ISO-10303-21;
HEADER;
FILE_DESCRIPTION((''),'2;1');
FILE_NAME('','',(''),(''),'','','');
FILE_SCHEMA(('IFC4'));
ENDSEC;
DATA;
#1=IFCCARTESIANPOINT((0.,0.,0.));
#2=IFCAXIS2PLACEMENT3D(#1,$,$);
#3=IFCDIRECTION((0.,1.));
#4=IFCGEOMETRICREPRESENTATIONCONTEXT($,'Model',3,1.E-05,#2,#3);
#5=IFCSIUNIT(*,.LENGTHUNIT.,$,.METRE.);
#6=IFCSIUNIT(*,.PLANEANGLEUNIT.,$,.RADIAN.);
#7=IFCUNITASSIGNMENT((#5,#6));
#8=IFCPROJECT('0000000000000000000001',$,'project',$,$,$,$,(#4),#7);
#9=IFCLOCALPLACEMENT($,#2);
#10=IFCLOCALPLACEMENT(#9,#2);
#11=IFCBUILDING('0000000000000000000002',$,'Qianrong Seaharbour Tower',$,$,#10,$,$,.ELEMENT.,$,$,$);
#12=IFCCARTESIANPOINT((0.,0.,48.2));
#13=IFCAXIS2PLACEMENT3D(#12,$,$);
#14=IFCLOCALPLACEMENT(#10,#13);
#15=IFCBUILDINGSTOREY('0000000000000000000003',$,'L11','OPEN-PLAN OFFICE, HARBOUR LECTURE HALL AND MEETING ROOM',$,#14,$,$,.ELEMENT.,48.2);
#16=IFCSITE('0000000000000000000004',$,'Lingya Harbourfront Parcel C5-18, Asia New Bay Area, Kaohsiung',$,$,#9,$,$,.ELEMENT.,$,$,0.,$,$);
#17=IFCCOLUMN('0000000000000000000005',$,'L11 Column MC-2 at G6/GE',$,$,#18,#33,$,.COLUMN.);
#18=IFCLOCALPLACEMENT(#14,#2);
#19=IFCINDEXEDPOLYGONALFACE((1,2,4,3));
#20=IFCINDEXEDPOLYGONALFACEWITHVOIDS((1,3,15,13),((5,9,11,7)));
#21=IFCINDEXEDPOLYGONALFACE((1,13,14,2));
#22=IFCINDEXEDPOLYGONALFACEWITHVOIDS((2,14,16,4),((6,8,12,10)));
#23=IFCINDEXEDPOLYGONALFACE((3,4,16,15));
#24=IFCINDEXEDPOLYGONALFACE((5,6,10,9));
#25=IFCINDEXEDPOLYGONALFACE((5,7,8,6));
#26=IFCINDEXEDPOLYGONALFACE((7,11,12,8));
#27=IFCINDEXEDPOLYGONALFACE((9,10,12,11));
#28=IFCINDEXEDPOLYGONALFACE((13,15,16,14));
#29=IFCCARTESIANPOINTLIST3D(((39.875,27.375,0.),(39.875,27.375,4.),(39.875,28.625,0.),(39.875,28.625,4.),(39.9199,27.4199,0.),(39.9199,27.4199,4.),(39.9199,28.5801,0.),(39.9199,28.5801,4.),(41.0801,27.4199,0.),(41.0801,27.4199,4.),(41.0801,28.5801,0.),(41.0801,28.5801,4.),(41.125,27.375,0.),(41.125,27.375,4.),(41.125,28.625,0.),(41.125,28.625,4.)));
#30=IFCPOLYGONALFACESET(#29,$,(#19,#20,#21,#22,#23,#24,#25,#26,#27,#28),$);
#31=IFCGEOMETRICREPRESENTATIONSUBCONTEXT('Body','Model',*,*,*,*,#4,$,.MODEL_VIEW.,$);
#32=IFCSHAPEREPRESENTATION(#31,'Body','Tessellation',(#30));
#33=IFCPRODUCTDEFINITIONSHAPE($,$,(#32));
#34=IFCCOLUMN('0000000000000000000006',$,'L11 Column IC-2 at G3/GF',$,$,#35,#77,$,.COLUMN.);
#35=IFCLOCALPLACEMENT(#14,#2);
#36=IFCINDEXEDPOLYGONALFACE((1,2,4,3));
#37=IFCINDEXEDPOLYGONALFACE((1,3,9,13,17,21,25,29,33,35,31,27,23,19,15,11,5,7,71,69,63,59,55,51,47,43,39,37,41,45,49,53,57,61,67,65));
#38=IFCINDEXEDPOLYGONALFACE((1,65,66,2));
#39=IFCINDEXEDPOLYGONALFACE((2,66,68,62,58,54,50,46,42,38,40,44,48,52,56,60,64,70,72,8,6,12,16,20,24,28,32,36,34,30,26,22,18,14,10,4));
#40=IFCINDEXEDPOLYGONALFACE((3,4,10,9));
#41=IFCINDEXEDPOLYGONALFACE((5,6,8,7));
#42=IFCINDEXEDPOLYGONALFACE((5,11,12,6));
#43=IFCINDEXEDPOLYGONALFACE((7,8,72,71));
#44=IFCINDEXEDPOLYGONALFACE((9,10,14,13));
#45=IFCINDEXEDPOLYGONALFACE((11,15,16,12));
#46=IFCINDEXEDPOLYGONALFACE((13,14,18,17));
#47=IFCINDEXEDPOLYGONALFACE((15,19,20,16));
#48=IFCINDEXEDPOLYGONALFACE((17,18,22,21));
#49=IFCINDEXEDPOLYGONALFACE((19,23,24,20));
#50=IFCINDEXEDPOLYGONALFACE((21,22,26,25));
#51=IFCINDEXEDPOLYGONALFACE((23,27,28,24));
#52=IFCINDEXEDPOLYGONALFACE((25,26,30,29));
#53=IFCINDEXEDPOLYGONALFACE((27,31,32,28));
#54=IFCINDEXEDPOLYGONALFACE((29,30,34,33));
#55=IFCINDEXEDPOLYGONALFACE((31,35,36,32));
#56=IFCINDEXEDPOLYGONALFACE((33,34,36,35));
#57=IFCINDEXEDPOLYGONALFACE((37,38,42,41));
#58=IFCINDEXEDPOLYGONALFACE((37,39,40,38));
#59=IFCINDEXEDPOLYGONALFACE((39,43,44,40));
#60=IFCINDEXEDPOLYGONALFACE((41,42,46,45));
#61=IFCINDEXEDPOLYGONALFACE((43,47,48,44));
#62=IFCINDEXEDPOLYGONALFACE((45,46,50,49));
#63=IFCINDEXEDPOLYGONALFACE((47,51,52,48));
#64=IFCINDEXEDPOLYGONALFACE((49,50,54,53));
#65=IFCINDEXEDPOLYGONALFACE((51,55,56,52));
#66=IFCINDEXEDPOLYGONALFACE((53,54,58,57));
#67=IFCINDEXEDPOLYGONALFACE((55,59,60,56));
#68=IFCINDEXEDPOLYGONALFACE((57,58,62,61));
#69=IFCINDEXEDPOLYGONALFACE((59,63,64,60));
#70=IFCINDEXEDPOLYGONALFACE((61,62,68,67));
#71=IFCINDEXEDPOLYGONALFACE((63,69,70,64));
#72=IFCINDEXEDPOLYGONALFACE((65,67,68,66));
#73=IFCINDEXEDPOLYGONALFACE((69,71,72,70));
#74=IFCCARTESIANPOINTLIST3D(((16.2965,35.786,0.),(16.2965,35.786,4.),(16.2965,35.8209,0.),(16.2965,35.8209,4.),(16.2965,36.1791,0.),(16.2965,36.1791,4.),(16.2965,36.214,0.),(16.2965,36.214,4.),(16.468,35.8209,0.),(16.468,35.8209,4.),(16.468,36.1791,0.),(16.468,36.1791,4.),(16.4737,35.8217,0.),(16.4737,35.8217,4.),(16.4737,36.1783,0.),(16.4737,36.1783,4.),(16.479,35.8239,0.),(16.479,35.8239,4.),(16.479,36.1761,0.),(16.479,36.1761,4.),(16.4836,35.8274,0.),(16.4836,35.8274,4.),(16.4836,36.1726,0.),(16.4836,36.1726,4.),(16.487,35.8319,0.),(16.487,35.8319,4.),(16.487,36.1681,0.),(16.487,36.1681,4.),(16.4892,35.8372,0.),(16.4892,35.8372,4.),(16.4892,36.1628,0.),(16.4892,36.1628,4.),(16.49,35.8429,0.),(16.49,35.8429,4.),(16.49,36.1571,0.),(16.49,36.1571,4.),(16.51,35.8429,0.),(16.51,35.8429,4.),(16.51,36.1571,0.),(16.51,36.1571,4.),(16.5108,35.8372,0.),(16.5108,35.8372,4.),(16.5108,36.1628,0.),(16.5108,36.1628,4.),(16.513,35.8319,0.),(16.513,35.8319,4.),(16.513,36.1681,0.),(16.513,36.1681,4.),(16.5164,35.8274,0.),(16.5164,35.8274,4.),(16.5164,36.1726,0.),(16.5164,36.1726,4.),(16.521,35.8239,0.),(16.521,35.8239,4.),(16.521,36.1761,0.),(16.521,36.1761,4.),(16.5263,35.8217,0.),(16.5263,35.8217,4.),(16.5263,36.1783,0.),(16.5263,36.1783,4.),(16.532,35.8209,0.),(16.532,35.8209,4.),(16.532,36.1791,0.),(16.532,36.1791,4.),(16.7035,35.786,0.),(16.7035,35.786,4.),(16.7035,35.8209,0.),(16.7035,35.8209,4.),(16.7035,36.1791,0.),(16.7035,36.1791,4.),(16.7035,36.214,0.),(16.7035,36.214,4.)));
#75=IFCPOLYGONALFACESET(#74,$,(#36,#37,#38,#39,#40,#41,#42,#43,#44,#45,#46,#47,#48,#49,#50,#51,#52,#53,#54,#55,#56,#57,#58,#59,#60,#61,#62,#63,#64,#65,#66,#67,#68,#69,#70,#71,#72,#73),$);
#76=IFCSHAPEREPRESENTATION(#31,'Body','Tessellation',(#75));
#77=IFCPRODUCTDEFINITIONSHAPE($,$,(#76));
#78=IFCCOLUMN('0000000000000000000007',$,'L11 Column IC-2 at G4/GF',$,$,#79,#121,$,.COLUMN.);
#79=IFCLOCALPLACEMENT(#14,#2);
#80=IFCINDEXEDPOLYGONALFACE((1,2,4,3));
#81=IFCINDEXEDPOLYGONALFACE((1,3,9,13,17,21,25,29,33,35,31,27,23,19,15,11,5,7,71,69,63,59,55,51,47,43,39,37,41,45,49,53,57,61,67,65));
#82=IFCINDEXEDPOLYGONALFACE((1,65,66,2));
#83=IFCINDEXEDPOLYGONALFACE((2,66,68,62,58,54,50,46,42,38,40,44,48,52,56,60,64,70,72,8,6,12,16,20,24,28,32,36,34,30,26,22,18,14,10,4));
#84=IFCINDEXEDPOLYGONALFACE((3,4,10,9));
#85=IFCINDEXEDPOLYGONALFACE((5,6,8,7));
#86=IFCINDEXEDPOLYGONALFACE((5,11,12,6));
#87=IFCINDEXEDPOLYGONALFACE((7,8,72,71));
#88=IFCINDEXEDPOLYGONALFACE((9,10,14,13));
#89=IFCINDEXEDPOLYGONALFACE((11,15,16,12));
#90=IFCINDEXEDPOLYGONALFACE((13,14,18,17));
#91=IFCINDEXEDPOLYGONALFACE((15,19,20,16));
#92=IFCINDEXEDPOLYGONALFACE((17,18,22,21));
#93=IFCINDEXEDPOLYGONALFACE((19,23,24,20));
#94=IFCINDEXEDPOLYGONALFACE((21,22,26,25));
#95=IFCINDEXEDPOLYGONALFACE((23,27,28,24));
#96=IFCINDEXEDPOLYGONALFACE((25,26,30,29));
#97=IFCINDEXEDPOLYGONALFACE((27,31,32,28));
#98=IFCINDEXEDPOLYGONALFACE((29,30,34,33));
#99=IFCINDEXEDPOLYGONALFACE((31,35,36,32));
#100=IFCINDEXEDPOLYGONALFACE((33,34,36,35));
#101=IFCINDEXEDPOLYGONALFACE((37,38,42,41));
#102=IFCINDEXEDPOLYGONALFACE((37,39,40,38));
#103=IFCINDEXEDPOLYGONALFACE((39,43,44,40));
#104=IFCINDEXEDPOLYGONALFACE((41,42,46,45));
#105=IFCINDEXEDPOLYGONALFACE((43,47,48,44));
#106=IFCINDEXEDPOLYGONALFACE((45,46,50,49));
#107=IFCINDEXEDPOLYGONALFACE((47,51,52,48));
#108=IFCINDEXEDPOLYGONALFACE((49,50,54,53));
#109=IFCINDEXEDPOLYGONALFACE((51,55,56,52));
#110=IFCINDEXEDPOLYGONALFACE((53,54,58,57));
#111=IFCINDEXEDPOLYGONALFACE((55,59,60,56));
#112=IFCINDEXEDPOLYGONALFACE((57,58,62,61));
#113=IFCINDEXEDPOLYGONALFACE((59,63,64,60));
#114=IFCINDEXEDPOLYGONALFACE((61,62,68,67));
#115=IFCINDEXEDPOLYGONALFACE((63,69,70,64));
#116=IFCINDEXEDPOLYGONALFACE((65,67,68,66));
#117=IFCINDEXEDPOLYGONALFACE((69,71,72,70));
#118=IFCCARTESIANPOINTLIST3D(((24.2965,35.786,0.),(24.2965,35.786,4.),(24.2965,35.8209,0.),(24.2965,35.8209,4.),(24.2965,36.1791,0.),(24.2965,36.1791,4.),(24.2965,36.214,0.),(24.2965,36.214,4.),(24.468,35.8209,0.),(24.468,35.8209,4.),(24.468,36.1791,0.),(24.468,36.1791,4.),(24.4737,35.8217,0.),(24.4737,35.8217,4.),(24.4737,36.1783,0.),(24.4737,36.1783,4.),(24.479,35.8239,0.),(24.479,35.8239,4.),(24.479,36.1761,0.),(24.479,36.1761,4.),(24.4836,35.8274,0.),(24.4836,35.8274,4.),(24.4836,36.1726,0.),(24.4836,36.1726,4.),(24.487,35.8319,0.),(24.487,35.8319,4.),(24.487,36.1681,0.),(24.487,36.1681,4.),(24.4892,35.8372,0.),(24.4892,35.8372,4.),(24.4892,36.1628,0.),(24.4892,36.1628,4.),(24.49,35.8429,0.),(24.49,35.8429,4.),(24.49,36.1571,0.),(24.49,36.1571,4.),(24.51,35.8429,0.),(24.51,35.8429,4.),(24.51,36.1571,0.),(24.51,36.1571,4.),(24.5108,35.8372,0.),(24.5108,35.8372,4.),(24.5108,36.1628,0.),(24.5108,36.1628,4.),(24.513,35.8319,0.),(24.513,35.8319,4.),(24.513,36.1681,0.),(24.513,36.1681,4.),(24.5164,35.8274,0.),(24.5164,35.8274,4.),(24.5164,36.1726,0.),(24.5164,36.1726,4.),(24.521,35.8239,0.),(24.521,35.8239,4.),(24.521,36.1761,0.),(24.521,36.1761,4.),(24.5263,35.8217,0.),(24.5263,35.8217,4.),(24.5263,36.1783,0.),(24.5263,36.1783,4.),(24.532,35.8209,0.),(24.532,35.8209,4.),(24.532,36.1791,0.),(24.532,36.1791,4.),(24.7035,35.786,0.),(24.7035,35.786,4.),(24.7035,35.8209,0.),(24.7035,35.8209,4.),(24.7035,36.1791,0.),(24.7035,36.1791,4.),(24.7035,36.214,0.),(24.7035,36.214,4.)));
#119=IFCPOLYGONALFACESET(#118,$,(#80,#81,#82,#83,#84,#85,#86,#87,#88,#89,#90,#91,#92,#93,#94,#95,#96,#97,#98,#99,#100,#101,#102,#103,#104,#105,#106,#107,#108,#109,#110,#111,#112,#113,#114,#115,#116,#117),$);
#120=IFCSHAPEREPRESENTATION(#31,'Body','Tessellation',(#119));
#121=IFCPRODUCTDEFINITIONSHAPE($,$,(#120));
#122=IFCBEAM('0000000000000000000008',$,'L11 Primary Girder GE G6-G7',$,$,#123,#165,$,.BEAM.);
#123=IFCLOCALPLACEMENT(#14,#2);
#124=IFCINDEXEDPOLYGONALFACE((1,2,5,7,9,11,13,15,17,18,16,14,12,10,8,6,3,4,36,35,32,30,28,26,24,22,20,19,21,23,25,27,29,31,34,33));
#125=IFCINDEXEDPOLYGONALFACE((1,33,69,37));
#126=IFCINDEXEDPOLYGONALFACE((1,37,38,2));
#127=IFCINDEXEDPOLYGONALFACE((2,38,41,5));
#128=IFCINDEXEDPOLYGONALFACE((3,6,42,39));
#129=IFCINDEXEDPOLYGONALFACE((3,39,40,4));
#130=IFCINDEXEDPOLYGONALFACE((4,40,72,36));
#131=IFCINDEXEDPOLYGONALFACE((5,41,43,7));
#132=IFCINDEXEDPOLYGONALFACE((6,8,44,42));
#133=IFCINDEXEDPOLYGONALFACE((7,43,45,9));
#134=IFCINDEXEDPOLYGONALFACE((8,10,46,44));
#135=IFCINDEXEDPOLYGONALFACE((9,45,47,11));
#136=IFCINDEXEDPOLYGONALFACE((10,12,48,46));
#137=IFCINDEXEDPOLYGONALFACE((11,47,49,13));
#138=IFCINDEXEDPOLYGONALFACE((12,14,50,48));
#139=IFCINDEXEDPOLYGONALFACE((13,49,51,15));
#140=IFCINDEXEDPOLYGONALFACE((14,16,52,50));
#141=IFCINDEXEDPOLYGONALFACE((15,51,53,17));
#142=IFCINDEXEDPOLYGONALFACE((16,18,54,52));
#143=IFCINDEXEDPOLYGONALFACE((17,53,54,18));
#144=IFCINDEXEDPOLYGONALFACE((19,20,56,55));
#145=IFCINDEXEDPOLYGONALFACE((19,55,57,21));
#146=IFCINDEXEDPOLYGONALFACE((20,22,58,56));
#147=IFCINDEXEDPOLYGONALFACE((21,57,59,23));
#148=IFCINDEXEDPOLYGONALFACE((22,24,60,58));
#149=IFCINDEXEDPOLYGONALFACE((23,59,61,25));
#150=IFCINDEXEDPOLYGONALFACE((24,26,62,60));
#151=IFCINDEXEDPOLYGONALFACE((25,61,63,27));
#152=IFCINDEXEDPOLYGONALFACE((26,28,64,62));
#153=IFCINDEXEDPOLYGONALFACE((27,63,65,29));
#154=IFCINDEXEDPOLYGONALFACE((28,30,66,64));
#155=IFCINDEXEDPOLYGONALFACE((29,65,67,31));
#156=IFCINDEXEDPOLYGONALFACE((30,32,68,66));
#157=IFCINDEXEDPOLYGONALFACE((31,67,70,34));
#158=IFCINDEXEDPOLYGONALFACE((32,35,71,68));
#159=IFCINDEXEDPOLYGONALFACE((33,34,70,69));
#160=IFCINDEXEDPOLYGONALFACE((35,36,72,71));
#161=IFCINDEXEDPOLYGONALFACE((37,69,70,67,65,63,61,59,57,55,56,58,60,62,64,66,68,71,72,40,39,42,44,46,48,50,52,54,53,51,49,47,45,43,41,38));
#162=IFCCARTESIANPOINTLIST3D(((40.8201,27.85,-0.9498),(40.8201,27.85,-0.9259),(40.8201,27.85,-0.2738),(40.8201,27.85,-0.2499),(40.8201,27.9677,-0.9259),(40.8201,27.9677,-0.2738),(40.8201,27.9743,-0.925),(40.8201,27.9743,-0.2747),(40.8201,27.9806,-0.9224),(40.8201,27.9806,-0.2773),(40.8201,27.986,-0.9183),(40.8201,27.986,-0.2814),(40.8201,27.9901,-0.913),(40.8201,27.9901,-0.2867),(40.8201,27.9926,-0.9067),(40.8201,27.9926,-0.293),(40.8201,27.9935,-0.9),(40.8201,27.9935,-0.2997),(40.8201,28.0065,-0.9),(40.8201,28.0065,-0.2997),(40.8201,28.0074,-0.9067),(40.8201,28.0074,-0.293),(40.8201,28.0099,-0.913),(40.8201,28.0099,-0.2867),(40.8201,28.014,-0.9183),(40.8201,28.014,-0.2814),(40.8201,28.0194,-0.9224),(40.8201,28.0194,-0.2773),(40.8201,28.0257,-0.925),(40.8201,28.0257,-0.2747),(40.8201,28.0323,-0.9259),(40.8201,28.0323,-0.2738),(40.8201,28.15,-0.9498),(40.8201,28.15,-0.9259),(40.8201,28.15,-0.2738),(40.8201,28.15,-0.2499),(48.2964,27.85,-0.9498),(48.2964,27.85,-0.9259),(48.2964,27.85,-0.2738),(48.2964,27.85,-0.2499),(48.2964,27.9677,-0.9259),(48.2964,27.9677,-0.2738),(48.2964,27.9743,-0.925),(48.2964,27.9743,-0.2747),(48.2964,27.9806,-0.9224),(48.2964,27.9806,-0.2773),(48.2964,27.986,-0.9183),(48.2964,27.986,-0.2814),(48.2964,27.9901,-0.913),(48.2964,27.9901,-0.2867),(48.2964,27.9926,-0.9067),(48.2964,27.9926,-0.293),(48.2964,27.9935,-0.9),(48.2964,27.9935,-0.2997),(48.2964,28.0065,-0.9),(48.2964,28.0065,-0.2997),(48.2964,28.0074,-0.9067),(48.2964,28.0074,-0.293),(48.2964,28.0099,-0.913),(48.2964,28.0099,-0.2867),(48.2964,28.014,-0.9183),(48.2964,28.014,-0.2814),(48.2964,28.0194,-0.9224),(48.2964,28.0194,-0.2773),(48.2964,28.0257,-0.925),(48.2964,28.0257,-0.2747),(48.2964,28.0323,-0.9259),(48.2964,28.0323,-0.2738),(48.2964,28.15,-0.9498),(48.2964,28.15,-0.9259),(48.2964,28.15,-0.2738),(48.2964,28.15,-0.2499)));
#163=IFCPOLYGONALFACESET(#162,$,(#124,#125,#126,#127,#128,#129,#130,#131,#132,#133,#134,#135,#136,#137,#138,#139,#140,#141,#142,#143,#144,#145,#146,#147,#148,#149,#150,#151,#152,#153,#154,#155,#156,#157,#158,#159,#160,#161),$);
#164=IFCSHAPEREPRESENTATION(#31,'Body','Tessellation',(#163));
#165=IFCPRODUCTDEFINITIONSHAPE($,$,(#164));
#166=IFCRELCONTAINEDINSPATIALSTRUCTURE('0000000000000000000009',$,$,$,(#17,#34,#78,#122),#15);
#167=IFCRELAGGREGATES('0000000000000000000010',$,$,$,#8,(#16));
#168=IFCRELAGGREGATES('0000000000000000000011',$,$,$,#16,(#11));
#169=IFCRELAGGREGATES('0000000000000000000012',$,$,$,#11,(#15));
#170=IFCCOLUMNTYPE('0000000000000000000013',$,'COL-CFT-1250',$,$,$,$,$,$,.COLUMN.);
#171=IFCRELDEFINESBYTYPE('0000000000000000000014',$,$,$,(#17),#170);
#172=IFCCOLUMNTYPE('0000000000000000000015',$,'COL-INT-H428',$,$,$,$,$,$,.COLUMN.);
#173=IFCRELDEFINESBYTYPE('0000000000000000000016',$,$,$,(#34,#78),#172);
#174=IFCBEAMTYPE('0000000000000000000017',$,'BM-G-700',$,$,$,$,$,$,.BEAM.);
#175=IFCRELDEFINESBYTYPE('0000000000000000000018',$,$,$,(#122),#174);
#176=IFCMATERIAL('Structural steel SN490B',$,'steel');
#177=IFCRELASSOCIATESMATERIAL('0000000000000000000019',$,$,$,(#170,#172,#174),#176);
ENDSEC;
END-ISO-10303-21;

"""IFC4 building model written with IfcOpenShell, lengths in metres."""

from ifc_helpers import new_model, si_unit, direction, frame, origin, origin_2d, place, context, subcontext, project, spatial, hollow_rectangle, i_section, extrude, material, material_profile, profile_set, type_object, element, save


model = new_model("IFC4")

# Units and contexts
model_context = context("Model", 3, precision=1e-05, world=origin(), true_north=direction((0.0, 1.0)))
body_context = subcontext(model_context, "Body", "Model", "MODEL_VIEW")
ifc_project = project(units=[si_unit("LENGTHUNIT", "METRE"), si_unit("PLANEANGLEUNIT", "RADIAN")], contexts=[model_context])

# Site, building, storey
site_placement = place(None, origin())
site = spatial("IfcSite", under=ifc_project, at=site_placement, Name="Lingya Harbourfront Parcel C5-18, Asia New Bay Area, Kaohsiung", CompositionType="ELEMENT", RefElevation=0.0)
building_placement = place(site_placement, origin())
building = spatial("IfcBuilding", under=site, at=building_placement, Name="Qianrong Seaharbour Tower", CompositionType="ELEMENT")
storey_placement = place(building_placement, frame((0.0, 0.0, 48.2)))
storey = spatial("IfcBuildingStorey", under=building, at=storey_placement, Name="L11", Description="OPEN-PLAN OFFICE, HARBOUR LECTURE HALL AND MEETING ROOM", CompositionType="ELEMENT", Elevation=48.2)

# Columns
ifc_material_1 = material(Name="Structural steel SN490B", Category="steel")
ifc_material_profile_1 = material_profile(ifc_material_1, hollow_rectangle(XDim=1.25, YDim=1.25, WallThickness=0.0449, at=origin_2d()), Name="BOX1250x1250x45")
ifc_profile_set_1 = profile_set([ifc_material_profile_1], Name="Structural steel SN490B")
column_type_1 = type_object("IfcColumnType", Name="COL-CFT-1250", PredefinedType="COLUMN", material=ifc_profile_set_1)
column_placement = place(storey_placement, frame((40.5, 28.0, 0.0), z_axis=(0.0, 0.0, 1.0), x_axis=(1.0, 0.0, 0.0)))
element("IfcColumn", 1, at=column_placement, inside=storey, type_object=column_type_1, Name="L11 Column MC-2 at G6/GE", PredefinedType="COLUMN", context=body_context, shape_type="SweptSolid", body=[
    extrude(hollow_rectangle(XDim=1.25, YDim=1.25, WallThickness=0.0449, at=origin_2d()), origin(), (0.0, 0.0, 1.0), 4.0),
])
ifc_material_profile_2 = material_profile(ifc_material_1, i_section(OverallWidth=0.407, OverallDepth=0.428, WebThickness=0.02, FlangeThickness=0.0349, FilletRadius=0.022, at=origin_2d()), Name="H428x407x20x35")
ifc_profile_set_2 = profile_set([ifc_material_profile_2], Name="Structural steel SN490B")
column_type_2 = type_object("IfcColumnType", Name="COL-INT-H428", PredefinedType="COLUMN", material=ifc_profile_set_2)
for number, where, z_axis, x_axis, name in (
    (2, (16.5, 36.0, 0.0), (0.0, 0.0, 1.0), (1.0, 0.0, 0.0), "L11 Column IC-2 at G3/GF"),
    (3, (24.5, 36.0, 0.0), (0.0, 0.0, 1.0), (1.0, 0.0, 0.0), "L11 Column IC-2 at G4/GF"),
):
    element("IfcColumn", number, at=place(storey_placement, frame(where, z_axis=z_axis, x_axis=x_axis)), inside=storey, type_object=column_type_2, Name=name, PredefinedType="COLUMN", context=body_context, shape_type="SweptSolid", body=[
        extrude(i_section(OverallWidth=0.407, OverallDepth=0.428, WebThickness=0.02, FlangeThickness=0.0349, FilletRadius=0.022, at=origin_2d()), origin(), (0.0, 0.0, 1.0), 4.0),
    ])

# Beam
ifc_material_profile_3 = material_profile(ifc_material_1, i_section(OverallWidth=0.3, OverallDepth=0.7, WebThickness=0.0129, FlangeThickness=0.0239, FilletRadius=0.0259, at=origin_2d()), Name="H700x300x13x24")
ifc_profile_set_3 = profile_set([ifc_material_profile_3], Name="Structural steel SN490B")
beam_type_1 = type_object("IfcBeamType", Name="BM-G-700", PredefinedType="BEAM", material=ifc_profile_set_3)
beam_1_placement = place(storey_placement, frame((40.8201, 28.0, -0.5999), z_axis=(1.0, 0.0, 0.0), x_axis=(0.0, 1.0, 0.0)))
element("IfcBeam", 4, at=beam_1_placement, inside=storey, type_object=beam_type_1, Name="L11 Primary Girder GE G6-G7", PredefinedType="BEAM", context=body_context, shape_type="SweptSolid", body=[
    extrude(i_section(OverallWidth=0.3, OverallDepth=0.7, WebThickness=0.0129, FlangeThickness=0.0239, FilletRadius=0.0259, at=origin_2d()), origin(), (0.0, 0.0, 1.0), 7.4763),
])

save(model, "model.ifc")
